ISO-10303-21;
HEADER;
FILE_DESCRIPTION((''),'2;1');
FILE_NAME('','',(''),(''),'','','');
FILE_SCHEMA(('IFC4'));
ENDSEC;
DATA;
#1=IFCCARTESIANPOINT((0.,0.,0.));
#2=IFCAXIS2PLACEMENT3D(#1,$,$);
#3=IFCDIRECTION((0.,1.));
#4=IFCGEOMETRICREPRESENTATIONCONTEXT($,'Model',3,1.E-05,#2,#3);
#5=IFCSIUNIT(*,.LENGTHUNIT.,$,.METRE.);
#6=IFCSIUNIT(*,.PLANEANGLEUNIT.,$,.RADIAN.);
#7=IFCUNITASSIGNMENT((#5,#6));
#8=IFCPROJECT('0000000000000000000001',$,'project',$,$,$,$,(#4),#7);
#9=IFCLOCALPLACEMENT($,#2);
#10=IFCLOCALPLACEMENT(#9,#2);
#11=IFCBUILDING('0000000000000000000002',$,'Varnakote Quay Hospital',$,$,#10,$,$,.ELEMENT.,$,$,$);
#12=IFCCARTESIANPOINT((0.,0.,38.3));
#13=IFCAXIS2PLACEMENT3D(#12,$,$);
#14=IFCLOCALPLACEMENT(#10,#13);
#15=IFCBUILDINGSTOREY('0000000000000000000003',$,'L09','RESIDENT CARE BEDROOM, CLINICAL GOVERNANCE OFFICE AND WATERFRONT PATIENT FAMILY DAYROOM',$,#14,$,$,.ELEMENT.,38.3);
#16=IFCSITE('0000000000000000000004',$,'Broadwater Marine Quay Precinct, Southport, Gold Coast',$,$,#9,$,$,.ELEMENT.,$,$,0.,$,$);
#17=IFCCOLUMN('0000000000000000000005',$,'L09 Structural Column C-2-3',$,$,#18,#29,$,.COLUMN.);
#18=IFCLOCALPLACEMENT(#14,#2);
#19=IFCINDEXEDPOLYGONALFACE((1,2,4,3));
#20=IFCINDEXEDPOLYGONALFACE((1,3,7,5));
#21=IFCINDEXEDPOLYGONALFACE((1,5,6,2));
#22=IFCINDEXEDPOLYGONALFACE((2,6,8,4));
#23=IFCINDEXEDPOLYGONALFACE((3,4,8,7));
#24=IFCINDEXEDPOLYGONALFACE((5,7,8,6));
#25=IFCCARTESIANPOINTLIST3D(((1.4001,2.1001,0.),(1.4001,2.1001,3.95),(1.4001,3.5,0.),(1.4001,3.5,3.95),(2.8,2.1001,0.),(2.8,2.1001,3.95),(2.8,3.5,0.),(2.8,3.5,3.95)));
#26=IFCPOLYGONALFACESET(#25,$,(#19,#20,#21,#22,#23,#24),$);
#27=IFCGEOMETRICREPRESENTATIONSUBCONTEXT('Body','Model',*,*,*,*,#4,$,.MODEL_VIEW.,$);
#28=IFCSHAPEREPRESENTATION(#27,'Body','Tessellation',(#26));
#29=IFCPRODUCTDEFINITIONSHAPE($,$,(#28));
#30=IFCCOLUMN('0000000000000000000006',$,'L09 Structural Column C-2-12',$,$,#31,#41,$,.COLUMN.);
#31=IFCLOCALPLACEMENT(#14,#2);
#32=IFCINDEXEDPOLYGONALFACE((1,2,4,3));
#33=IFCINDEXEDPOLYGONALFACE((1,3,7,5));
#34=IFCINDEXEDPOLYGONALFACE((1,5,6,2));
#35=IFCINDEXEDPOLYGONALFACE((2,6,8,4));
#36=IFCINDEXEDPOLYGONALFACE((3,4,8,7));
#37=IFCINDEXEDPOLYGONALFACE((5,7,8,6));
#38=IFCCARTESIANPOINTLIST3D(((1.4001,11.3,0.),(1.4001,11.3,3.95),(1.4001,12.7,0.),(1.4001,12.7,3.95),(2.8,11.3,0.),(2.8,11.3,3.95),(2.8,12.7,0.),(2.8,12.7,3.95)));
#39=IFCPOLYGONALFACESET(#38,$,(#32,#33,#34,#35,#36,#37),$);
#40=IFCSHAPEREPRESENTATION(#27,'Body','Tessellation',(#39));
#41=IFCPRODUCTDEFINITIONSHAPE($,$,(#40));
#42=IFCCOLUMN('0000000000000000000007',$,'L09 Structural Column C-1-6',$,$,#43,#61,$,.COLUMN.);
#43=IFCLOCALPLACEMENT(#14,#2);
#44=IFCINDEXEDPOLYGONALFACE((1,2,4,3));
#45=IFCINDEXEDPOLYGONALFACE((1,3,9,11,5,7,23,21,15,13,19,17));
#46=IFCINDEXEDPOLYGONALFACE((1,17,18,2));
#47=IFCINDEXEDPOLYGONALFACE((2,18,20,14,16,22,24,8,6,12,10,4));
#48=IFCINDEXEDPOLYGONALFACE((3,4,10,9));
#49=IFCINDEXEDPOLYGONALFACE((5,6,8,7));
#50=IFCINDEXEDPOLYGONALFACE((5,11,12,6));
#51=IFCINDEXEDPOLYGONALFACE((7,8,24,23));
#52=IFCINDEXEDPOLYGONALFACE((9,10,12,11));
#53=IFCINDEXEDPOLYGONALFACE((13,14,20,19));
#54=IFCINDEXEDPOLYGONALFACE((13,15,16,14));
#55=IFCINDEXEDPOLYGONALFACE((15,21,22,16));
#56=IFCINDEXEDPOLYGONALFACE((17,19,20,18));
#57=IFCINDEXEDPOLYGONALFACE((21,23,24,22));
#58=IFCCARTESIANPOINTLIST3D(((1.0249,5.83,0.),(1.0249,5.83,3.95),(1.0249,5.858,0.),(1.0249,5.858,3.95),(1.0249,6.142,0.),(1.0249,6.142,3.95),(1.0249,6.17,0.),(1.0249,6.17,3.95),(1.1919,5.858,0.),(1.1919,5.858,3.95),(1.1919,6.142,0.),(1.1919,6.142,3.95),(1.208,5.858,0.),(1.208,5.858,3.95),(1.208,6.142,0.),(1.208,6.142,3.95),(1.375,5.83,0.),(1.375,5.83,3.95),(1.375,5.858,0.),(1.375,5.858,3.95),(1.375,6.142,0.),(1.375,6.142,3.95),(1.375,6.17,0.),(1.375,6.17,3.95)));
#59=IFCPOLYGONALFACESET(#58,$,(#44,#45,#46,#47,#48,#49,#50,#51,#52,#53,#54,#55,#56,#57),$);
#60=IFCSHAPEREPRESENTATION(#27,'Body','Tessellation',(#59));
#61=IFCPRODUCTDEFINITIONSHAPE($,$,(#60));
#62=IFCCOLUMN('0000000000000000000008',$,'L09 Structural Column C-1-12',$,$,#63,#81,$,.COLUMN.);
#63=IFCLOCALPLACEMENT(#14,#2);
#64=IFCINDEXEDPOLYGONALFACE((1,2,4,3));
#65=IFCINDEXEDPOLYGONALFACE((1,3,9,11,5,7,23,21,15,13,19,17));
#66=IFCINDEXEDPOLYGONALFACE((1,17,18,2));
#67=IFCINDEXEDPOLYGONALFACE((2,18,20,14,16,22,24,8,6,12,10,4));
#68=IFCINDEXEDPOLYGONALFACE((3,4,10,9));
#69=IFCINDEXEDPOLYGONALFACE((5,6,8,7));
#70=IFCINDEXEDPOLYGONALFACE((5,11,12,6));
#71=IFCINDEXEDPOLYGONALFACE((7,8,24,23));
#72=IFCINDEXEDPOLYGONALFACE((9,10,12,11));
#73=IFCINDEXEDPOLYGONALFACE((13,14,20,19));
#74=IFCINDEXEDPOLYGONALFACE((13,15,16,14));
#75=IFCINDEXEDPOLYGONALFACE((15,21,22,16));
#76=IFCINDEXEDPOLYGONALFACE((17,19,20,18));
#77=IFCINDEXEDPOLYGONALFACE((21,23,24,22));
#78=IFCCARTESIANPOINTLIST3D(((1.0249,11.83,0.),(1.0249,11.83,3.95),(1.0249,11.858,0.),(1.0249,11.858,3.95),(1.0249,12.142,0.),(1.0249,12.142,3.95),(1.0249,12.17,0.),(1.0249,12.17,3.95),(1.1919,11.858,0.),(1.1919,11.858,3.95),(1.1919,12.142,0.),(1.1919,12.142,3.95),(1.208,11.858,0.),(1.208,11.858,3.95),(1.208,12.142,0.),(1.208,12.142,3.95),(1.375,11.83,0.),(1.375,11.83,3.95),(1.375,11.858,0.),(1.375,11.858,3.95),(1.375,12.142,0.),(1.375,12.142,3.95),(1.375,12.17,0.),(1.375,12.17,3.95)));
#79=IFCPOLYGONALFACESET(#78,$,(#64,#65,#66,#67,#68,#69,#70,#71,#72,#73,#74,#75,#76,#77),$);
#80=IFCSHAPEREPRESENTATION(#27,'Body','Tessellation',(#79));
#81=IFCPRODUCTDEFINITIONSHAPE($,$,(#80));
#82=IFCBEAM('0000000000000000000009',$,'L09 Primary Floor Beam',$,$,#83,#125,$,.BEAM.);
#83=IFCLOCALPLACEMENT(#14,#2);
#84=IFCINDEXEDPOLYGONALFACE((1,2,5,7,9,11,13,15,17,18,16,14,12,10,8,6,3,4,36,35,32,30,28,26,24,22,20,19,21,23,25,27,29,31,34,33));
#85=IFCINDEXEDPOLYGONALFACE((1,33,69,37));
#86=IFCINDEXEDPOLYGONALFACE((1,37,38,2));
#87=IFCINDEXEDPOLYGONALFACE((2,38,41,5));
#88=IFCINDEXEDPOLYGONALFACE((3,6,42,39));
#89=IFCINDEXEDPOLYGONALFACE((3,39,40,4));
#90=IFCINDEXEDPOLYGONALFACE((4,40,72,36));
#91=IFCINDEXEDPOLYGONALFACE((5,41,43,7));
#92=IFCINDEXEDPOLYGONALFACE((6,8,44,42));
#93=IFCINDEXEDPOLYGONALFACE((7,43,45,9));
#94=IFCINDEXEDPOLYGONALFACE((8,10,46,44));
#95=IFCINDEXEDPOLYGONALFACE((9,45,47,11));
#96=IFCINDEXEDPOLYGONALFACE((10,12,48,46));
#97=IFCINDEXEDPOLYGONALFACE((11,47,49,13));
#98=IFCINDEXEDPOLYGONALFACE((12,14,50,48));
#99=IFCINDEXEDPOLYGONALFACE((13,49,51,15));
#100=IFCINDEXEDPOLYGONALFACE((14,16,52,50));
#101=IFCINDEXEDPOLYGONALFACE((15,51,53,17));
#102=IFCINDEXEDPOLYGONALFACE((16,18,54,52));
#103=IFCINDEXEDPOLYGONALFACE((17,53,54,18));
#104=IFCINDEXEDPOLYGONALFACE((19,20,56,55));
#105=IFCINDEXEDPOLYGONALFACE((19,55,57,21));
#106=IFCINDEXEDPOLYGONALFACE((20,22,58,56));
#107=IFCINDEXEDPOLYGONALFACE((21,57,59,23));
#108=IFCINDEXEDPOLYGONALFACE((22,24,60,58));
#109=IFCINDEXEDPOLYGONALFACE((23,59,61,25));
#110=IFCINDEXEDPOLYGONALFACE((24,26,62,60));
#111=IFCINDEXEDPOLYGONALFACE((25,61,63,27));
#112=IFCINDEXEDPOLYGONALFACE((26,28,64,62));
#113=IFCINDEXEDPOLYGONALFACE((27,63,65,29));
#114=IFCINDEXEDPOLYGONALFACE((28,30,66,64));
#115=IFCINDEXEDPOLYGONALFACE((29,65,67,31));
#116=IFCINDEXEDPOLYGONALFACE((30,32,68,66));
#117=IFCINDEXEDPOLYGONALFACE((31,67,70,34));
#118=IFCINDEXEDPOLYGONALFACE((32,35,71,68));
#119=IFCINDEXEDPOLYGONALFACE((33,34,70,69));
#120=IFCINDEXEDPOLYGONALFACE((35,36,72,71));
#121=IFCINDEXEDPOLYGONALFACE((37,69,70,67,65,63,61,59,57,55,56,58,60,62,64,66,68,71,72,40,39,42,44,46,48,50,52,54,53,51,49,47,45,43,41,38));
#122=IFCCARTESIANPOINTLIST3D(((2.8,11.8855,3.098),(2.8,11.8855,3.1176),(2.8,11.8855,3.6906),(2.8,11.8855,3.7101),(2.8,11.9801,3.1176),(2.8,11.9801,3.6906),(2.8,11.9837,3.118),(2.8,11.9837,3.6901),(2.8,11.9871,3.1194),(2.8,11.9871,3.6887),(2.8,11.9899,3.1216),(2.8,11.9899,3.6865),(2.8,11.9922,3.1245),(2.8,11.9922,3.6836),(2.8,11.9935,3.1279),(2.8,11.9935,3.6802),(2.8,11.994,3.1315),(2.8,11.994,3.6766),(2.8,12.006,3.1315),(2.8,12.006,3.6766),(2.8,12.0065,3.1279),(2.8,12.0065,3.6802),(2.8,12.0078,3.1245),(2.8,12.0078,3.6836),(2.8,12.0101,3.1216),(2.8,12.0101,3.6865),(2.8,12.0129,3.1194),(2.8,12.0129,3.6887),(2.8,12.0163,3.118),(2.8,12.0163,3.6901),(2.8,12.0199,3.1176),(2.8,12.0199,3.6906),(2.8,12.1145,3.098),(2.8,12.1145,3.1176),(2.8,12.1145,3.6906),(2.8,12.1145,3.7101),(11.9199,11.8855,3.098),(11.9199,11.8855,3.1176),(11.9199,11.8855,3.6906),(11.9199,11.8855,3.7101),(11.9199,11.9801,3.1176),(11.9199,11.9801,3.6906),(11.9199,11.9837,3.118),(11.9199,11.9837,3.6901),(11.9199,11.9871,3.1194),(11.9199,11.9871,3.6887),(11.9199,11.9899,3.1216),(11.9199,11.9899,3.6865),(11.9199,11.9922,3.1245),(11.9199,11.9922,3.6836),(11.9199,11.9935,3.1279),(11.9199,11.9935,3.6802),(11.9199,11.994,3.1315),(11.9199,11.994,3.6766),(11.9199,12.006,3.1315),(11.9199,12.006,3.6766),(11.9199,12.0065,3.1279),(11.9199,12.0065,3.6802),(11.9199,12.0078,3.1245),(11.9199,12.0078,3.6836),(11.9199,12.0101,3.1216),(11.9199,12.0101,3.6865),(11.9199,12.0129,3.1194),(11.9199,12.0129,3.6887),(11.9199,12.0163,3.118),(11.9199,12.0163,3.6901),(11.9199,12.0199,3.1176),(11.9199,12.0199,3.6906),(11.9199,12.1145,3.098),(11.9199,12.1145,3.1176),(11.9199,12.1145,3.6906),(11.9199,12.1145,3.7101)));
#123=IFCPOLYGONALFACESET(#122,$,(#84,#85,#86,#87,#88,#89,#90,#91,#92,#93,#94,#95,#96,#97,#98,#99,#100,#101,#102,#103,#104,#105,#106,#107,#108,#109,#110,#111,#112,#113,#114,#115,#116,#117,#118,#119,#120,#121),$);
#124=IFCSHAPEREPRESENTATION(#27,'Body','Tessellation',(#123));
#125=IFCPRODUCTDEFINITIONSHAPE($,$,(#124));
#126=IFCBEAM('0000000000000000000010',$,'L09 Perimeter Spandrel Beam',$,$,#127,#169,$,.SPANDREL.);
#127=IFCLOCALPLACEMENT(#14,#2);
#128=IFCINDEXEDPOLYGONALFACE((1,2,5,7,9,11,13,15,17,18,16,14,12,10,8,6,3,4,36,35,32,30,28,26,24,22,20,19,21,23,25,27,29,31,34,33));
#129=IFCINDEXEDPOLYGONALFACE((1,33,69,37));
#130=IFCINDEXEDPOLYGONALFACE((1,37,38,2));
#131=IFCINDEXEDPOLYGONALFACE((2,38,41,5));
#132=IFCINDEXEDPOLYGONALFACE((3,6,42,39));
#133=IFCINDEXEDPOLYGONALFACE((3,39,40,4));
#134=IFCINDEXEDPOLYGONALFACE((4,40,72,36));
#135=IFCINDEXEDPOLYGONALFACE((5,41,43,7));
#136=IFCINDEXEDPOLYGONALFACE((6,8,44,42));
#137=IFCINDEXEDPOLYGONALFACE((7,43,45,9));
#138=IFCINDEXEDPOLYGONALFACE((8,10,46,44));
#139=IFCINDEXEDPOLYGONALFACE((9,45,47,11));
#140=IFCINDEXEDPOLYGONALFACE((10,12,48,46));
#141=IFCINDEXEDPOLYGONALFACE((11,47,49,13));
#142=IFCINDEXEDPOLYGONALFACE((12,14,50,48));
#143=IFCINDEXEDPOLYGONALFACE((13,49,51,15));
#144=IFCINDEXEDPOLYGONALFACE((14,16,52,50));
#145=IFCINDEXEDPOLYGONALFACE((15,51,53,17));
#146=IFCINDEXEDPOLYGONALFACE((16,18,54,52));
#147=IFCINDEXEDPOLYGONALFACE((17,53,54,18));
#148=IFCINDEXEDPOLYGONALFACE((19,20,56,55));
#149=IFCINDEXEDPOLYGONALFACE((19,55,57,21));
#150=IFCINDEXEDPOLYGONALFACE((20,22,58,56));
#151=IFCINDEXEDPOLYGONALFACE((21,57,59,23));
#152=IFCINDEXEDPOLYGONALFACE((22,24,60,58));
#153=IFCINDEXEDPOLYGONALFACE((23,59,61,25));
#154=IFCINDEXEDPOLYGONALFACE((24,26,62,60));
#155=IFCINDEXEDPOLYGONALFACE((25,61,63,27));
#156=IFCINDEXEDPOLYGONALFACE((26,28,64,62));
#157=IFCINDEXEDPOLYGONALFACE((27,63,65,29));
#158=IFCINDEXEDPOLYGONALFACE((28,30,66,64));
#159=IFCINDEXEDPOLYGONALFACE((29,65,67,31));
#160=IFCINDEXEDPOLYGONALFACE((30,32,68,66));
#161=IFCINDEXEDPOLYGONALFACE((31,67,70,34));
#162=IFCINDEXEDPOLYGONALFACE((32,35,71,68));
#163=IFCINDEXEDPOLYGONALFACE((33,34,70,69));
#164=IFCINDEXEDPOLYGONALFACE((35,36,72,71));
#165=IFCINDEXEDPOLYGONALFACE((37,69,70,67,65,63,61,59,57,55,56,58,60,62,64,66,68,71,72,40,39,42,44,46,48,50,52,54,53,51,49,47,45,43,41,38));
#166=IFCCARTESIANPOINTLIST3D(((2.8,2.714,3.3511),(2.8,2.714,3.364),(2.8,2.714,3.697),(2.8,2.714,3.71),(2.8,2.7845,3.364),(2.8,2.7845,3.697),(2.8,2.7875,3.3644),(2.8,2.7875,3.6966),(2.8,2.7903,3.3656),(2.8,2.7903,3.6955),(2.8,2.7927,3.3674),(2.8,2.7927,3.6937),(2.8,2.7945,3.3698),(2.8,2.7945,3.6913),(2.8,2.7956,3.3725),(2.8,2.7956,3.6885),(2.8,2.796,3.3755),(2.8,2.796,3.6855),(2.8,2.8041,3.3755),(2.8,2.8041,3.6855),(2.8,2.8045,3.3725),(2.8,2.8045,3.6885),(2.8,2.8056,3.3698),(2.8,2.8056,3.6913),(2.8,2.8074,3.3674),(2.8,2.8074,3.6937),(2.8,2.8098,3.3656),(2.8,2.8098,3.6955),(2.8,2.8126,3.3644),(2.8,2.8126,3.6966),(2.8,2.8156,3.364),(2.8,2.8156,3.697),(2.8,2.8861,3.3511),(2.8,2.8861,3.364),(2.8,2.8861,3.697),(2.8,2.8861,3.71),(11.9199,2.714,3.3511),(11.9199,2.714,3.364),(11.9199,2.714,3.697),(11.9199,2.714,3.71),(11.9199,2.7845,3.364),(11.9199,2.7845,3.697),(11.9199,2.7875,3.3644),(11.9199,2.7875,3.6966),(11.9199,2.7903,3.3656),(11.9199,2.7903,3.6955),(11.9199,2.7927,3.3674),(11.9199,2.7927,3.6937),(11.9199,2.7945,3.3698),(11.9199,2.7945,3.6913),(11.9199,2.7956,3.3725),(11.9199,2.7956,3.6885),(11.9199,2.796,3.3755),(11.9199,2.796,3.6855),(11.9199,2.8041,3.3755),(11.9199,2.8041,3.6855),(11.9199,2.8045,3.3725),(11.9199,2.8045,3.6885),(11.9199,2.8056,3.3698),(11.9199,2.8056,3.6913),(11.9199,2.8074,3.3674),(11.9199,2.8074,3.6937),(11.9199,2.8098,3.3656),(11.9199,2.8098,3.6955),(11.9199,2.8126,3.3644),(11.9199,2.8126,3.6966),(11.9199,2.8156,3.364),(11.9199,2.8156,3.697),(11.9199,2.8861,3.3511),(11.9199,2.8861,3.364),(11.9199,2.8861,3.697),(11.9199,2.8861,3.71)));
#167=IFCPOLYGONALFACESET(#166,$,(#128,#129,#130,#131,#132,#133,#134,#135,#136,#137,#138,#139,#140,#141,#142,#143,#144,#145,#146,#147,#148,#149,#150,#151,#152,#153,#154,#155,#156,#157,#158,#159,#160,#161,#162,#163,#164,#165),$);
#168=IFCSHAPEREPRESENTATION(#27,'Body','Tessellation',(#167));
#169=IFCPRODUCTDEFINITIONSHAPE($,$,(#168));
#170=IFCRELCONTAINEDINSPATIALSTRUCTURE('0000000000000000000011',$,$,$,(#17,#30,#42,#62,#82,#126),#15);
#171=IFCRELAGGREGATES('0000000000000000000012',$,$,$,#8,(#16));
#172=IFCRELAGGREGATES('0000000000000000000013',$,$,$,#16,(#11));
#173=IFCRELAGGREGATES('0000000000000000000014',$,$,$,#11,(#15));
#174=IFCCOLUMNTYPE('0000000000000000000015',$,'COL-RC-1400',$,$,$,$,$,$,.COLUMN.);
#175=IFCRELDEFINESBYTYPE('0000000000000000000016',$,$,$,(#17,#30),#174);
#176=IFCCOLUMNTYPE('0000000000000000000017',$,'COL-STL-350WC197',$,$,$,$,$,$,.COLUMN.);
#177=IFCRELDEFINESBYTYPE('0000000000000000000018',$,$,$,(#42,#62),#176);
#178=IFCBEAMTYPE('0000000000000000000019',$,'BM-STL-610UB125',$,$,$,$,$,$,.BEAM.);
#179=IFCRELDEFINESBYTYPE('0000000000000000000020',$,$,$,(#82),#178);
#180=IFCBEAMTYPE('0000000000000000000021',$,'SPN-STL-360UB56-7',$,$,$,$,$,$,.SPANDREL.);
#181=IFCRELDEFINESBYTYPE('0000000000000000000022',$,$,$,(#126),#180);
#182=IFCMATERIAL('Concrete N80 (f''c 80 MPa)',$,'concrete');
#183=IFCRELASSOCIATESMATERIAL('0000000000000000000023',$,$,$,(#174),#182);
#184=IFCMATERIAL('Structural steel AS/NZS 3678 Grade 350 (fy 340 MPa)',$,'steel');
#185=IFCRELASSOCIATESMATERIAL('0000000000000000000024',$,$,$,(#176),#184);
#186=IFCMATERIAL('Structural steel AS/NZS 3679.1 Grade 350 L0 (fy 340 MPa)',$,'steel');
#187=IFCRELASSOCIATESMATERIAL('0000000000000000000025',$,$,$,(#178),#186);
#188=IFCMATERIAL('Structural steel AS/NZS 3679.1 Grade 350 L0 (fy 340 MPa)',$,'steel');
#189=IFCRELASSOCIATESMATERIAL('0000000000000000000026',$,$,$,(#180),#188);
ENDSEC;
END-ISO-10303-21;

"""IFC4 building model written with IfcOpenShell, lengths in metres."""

from ifc_helpers import new_model, si_unit, direction, frame, origin, origin_2d, place, context, subcontext, project, spatial, rectangle, i_section, extrude, material, material_profile, profile_set, type_object, element, save


model = new_model("IFC4")

# Units and contexts
model_context = context("Model", 3, precision=1e-05, world=origin(), true_north=direction((0.0, 1.0)))
body_context = subcontext(model_context, "Body", "Model", "MODEL_VIEW")
ifc_project = project(units=[si_unit("LENGTHUNIT", "METRE"), si_unit("PLANEANGLEUNIT", "RADIAN")], contexts=[model_context])

# Site, building, storey
site_placement = place(None, origin())
site = spatial("IfcSite", under=ifc_project, at=site_placement, Name="Broadwater Marine Quay Precinct, Southport, Gold Coast", CompositionType="ELEMENT", RefElevation=0.0)
building_placement = place(site_placement, origin())
building = spatial("IfcBuilding", under=site, at=building_placement, Name="Varnakote Quay Hospital", CompositionType="ELEMENT")
storey_placement = place(building_placement, frame((0.0, 0.0, 38.3)))
storey = spatial("IfcBuildingStorey", under=building, at=storey_placement, Name="L09", Description="RESIDENT CARE BEDROOM, CLINICAL GOVERNANCE OFFICE AND WATERFRONT PATIENT FAMILY DAYROOM", CompositionType="ELEMENT", Elevation=38.3)

# Columns
ifc_material_1 = material(Name="Concrete N80 (f'c 80 MPa)", Category="concrete")
ifc_material_profile_1 = material_profile(ifc_material_1, rectangle(XDim=1.3999, YDim=1.3999, at=origin_2d()), Name="RC-COL-1400x1400")
ifc_profile_set_1 = profile_set([ifc_material_profile_1], Name="Concrete N80 (f'c 80 MPa)")
column_type_1 = type_object("IfcColumnType", Name="COL-RC-1400", PredefinedType="COLUMN", material=ifc_profile_set_1)
for number, where, z_axis, x_axis, name in (
    (1, (2.1001, 2.8, 0.0), (0.0, 0.0, 1.0), (1.0, 0.0, 0.0), "L09 Structural Column C-2-3"),
    (2, (2.1001, 12.0, 0.0), (0.0, 0.0, 1.0), (1.0, 0.0, 0.0), "L09 Structural Column C-2-12"),
):
    element("IfcColumn", number, at=place(storey_placement, frame(where, z_axis=z_axis, x_axis=x_axis)), inside=storey, type_object=column_type_1, Name=name, PredefinedType="COLUMN", context=body_context, shape_type="SweptSolid", body=[
        extrude(rectangle(XDim=1.3999, YDim=1.3999, at=origin_2d()), origin(), (0.0, 0.0, 1.0), 3.95),
    ])
ifc_material_2 = material(Name="Structural steel AS/NZS 3678 Grade 350 (fy 340 MPa)", Category="steel")
ifc_material_profile_2 = material_profile(ifc_material_2, i_section(OverallWidth=0.3501, OverallDepth=0.3401, WebThickness=0.0161, FlangeThickness=0.0281, at=origin_2d()), Name="350WC197")
ifc_profile_set_2 = profile_set([ifc_material_profile_2], Name="Structural steel AS/NZS 3678 Grade 350 (fy 340 MPa)")
column_type_2 = type_object("IfcColumnType", Name="COL-STL-350WC197", PredefinedType="COLUMN", material=ifc_profile_set_2)
for number, where, z_axis, x_axis, name in (
    (3, (1.2, 6.0, 0.0), (0.0, 0.0, 1.0), (1.0, 0.0, 0.0), "L09 Structural Column C-1-6"),
    (4, (1.2, 12.0, 0.0), (0.0, 0.0, 1.0), (1.0, 0.0, 0.0), "L09 Structural Column C-1-12"),
):
    element("IfcColumn", number, at=place(storey_placement, frame(where, z_axis=z_axis, x_axis=x_axis)), inside=storey, type_object=column_type_2, Name=name, PredefinedType="COLUMN", context=body_context, shape_type="SweptSolid", body=[
        extrude(i_section(OverallWidth=0.3501, OverallDepth=0.3401, WebThickness=0.0161, FlangeThickness=0.0281, at=origin_2d()), origin(), (0.0, 0.0, 1.0), 3.95),
    ])

# Beams
ifc_material_3 = material(Name="Structural steel AS/NZS 3679.1 Grade 350 L0 (fy 340 MPa)", Category="steel")
ifc_material_profile_3 = material_profile(ifc_material_3, i_section(OverallWidth=0.229, OverallDepth=0.6121, WebThickness=0.012, FlangeThickness=0.0195, FilletRadius=0.0139, at=origin_2d()), Name="610UB125")
ifc_profile_set_3 = profile_set([ifc_material_profile_3], Name="Structural steel AS/NZS 3679.1 Grade 350 L0 (fy 340 MPa)")
beam_type_1 = type_object("IfcBeamType", Name="BM-STL-610UB125", PredefinedType="BEAM", material=ifc_profile_set_3)
beam_1_placement = place(storey_placement, frame((2.8, 12.0, 3.4041), z_axis=(1.0, 0.0, 0.0), x_axis=(0.0, 1.0, 0.0)))
element("IfcBeam", 5, at=beam_1_placement, inside=storey, type_object=beam_type_1, Name="L09 Primary Floor Beam", PredefinedType="BEAM", context=body_context, shape_type="SweptSolid", body=[
    extrude(i_section(OverallWidth=0.229, OverallDepth=0.6121, WebThickness=0.012, FlangeThickness=0.0195, FilletRadius=0.0139, at=origin_2d()), origin(), (0.0, 0.0, 1.0), 9.1199),
])
ifc_material_4 = material(Name="Structural steel AS/NZS 3679.1 Grade 350 L0 (fy 340 MPa)", Category="steel")
ifc_material_profile_4 = material_profile(ifc_material_4, i_section(OverallWidth=0.1721, OverallDepth=0.3589, WebThickness=0.0081, FlangeThickness=0.0129, FilletRadius=0.0115, at=origin_2d()), Name="360UB56.7")
ifc_profile_set_4 = profile_set([ifc_material_profile_4], Name="Structural steel AS/NZS 3679.1 Grade 350 L0 (fy 340 MPa)")
beam_type_2 = type_object("IfcBeamType", Name="SPN-STL-360UB56-7", PredefinedType="SPANDREL", material=ifc_profile_set_4)
beam_2_placement = place(storey_placement, frame((2.8, 2.8, 3.5305), z_axis=(1.0, 0.0, 0.0), x_axis=(0.0, 1.0, 0.0)))
element("IfcBeam", 6, at=beam_2_placement, inside=storey, type_object=beam_type_2, Name="L09 Perimeter Spandrel Beam", PredefinedType="SPANDREL", context=body_context, shape_type="SweptSolid", body=[
    extrude(i_section(OverallWidth=0.1721, OverallDepth=0.3589, WebThickness=0.0081, FlangeThickness=0.0129, FilletRadius=0.0115, at=origin_2d()), origin(), (0.0, 0.0, 1.0), 9.1199),
])

save(model, "model.ifc")
